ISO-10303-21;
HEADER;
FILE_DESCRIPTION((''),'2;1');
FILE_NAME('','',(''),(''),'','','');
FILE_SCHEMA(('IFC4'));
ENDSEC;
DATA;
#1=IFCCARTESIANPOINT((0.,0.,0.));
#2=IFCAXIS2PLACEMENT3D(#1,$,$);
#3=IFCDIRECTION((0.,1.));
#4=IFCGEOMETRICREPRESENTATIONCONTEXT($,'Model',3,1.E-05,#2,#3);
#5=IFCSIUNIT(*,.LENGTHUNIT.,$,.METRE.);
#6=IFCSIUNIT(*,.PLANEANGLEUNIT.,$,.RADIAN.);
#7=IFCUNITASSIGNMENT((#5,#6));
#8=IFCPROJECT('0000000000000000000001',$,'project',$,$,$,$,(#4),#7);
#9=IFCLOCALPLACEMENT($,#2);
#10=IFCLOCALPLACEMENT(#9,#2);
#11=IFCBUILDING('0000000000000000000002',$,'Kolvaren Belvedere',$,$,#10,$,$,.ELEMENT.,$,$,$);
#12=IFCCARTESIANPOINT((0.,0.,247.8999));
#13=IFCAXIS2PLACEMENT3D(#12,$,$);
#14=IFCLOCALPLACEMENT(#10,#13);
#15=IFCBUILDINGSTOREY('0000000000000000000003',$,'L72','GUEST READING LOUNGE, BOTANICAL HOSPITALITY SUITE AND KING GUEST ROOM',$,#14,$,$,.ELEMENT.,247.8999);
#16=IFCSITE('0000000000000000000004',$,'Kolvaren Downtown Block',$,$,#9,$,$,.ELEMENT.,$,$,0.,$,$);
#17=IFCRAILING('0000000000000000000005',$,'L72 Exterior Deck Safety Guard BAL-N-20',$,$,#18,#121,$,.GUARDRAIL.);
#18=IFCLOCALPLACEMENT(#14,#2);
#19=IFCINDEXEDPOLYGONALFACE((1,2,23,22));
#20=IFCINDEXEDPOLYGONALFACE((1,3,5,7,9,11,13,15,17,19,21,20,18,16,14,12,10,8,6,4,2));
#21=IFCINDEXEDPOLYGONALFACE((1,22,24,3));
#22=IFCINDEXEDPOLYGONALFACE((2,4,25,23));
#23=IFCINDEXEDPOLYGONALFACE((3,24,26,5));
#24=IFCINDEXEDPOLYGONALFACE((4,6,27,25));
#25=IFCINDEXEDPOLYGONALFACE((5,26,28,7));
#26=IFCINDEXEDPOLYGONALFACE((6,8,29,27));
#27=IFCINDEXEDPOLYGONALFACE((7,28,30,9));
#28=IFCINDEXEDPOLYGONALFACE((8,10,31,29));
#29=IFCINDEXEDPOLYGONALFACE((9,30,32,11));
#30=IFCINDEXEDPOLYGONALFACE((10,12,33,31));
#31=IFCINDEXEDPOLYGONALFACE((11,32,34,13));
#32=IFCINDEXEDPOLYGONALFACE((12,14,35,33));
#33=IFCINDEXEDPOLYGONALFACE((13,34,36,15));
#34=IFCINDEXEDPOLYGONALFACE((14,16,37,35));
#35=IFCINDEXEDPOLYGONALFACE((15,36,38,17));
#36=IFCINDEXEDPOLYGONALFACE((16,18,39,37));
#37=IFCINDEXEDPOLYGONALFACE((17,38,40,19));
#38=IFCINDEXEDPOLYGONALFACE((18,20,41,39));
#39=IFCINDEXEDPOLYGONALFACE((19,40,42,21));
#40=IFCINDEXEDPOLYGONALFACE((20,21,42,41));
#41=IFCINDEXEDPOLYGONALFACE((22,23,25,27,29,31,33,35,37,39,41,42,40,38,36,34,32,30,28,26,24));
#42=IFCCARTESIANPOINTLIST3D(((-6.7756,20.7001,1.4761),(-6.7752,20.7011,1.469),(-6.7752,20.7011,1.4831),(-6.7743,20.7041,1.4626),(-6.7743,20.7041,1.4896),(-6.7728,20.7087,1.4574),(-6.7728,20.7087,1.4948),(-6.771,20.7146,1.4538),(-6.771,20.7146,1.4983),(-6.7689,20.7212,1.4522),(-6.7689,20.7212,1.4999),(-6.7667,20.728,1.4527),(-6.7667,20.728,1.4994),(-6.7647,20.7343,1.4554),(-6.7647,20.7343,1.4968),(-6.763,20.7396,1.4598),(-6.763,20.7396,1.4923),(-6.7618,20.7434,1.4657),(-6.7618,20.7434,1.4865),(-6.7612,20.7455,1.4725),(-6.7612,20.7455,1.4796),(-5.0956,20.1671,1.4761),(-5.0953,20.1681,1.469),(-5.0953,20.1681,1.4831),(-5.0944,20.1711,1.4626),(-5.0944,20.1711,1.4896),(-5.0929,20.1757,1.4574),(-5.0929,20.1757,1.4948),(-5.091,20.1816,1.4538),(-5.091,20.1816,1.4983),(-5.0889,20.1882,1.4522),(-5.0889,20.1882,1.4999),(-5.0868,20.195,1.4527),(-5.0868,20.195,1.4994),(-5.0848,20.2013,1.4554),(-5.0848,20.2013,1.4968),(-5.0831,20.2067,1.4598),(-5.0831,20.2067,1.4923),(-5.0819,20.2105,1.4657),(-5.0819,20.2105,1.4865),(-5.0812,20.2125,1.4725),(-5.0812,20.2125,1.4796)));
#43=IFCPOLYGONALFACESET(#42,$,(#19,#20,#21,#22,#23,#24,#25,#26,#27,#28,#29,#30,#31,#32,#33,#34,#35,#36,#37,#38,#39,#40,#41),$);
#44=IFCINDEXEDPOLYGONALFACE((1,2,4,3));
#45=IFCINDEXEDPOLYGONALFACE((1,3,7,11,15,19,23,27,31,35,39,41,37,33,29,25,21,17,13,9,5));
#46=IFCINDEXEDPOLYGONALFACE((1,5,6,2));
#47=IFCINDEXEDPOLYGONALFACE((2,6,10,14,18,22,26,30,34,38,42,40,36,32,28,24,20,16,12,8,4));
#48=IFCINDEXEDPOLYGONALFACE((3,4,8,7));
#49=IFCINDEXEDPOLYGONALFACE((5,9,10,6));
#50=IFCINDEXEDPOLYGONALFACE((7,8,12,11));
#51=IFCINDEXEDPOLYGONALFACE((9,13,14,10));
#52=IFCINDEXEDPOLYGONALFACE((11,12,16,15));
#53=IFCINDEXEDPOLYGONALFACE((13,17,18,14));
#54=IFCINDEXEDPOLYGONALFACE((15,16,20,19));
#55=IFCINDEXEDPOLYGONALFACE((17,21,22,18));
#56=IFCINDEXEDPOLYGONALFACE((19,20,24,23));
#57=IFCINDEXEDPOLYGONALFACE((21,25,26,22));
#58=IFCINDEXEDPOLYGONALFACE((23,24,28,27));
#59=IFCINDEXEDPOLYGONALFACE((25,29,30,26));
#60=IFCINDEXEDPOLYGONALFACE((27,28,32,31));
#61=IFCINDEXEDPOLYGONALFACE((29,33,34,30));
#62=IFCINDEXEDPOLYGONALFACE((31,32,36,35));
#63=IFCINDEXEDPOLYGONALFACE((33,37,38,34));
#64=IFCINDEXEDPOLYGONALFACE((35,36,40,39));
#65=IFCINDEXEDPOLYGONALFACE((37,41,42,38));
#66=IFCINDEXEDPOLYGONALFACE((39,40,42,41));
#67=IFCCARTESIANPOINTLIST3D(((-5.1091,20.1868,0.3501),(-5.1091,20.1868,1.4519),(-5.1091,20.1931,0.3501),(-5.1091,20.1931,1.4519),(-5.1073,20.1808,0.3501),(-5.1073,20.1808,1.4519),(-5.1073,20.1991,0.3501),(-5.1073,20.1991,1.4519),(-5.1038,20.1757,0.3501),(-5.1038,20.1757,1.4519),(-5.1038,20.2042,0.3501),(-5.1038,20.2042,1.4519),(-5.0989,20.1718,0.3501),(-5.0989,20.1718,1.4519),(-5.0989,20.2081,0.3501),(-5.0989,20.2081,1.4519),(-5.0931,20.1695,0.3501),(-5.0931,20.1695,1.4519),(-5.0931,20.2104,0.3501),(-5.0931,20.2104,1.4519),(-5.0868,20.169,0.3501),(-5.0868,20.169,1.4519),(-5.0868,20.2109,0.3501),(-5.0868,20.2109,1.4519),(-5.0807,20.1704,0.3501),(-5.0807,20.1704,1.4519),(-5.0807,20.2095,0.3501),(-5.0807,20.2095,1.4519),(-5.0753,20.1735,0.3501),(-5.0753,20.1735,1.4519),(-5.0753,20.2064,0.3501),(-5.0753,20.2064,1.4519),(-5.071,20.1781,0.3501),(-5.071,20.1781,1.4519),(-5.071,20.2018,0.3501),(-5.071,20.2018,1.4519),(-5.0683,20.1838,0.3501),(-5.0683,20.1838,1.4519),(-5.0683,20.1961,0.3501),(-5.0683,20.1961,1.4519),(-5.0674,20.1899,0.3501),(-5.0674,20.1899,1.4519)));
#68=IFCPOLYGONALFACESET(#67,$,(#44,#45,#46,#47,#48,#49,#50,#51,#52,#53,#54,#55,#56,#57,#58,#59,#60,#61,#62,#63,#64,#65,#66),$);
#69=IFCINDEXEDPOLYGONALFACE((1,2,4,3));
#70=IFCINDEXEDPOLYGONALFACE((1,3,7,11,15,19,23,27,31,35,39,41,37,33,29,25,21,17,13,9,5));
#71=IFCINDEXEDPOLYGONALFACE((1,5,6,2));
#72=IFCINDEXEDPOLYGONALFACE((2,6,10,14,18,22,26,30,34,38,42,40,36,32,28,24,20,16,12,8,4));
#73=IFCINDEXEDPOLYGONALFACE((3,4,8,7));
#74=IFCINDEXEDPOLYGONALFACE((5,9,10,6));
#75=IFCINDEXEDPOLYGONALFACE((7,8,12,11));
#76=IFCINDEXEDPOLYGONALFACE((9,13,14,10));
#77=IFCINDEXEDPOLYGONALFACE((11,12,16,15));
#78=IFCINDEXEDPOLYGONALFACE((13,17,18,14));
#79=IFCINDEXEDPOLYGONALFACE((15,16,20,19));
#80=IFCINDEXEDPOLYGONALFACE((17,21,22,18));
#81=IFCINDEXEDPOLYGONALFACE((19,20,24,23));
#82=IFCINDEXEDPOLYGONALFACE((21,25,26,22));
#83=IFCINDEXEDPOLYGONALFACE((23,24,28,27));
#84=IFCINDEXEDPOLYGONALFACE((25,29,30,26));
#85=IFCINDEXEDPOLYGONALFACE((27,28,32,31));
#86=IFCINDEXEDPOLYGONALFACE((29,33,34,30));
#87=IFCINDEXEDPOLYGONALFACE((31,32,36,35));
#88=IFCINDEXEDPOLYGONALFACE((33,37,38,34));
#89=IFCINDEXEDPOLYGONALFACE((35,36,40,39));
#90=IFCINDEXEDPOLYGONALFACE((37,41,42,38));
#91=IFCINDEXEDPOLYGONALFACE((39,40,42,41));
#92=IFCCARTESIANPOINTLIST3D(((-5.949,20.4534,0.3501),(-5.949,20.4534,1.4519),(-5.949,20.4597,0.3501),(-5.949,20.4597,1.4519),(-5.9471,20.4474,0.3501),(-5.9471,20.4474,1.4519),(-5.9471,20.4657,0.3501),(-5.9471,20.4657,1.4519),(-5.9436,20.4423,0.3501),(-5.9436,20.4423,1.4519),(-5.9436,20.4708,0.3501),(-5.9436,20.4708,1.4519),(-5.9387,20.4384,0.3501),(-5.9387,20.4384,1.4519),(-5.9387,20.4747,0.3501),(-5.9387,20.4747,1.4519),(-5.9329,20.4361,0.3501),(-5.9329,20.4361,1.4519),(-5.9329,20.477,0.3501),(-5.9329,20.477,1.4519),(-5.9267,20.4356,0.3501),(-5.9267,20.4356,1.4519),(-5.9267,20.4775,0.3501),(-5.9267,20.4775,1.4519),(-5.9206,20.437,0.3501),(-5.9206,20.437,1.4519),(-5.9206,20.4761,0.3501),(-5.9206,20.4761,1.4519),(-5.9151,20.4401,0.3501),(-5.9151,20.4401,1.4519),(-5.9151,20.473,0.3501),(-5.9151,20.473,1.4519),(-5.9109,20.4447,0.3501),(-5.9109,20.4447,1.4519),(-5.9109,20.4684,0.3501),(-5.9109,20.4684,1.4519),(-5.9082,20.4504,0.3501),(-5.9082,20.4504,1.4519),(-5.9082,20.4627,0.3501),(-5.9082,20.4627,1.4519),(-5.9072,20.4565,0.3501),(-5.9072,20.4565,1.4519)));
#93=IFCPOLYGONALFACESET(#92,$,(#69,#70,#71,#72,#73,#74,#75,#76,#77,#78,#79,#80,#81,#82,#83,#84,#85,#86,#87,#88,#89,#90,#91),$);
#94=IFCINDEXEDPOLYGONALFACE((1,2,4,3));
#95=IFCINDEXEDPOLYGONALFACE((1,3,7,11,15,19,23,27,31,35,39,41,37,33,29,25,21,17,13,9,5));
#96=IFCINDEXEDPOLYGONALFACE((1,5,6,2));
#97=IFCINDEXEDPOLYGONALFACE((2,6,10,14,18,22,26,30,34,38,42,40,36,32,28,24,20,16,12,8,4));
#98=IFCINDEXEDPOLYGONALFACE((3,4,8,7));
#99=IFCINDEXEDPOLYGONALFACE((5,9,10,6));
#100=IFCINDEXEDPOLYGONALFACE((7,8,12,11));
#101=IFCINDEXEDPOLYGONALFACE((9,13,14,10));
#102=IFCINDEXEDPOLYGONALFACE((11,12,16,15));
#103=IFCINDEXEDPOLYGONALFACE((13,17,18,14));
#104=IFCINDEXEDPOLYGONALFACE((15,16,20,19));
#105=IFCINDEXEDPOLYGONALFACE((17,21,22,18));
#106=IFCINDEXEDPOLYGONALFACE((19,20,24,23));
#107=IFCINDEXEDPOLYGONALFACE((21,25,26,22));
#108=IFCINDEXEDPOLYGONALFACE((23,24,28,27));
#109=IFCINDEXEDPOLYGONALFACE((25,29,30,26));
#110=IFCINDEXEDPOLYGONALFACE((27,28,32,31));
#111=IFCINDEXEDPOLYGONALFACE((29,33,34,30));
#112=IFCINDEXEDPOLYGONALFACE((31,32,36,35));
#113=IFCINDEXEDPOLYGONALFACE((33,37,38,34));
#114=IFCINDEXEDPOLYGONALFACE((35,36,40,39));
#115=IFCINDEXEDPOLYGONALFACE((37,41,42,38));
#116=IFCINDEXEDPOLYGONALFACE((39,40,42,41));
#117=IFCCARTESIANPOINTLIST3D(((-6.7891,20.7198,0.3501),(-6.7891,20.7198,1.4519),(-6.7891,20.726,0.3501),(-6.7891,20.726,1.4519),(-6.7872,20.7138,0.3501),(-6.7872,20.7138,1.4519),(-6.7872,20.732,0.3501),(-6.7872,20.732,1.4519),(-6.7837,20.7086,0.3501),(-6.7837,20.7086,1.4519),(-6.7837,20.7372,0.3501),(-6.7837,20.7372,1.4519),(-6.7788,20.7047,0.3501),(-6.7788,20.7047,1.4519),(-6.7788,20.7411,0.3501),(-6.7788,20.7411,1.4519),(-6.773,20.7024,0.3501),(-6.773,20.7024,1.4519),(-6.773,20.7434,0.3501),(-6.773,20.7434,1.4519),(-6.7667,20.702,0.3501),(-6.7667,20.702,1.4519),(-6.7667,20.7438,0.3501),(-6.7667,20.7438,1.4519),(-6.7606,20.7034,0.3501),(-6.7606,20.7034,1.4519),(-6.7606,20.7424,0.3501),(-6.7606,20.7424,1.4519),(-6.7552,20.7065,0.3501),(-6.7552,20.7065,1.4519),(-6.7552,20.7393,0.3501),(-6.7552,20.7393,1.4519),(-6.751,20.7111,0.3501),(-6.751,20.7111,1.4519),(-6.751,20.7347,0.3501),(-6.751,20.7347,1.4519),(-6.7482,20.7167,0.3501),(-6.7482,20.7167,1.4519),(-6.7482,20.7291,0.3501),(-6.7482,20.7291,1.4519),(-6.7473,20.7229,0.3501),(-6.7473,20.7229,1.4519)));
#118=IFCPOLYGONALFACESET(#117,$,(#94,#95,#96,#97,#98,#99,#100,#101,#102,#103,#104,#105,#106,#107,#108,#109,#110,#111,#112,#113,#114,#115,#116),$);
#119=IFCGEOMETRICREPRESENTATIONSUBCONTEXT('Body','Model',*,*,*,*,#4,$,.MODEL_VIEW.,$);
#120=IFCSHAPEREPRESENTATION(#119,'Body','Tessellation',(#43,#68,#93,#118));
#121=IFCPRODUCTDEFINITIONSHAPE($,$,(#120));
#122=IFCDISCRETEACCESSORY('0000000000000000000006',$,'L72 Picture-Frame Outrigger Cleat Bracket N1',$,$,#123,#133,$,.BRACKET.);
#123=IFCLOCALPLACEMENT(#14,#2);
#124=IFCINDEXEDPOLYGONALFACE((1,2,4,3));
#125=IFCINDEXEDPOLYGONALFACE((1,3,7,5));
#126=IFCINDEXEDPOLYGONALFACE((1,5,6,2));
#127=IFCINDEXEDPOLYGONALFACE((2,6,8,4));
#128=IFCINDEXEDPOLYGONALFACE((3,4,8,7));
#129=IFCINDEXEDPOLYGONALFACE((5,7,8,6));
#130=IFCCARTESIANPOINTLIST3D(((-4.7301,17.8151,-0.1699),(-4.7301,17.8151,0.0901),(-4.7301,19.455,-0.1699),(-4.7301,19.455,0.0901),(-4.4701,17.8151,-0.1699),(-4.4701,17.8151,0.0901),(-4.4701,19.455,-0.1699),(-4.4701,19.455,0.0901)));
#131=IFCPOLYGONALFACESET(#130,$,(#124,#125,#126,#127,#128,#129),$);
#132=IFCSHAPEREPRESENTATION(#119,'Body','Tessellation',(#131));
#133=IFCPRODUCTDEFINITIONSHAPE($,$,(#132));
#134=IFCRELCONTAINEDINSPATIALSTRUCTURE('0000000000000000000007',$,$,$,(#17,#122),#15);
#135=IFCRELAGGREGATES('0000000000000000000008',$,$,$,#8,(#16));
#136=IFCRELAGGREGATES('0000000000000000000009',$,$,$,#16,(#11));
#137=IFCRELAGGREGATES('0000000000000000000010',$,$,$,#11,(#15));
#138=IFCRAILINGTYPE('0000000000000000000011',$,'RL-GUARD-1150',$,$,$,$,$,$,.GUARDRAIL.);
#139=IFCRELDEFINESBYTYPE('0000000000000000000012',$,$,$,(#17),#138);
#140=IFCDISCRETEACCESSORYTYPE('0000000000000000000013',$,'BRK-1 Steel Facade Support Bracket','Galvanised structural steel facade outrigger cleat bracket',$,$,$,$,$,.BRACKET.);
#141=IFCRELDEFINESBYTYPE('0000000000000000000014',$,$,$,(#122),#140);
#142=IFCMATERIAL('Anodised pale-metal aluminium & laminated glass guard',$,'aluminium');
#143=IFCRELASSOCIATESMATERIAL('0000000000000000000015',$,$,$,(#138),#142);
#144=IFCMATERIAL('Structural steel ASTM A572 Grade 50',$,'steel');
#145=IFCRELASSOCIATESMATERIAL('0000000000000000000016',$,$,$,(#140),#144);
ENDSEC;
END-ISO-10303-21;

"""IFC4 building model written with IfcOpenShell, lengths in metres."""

from ifc_helpers import new_model, si_unit, direction, frame, origin, origin_2d, place, context, subcontext, project, spatial, rectangle, circle, extrude, material, type_object, element, save


model = new_model("IFC4")

# Units and contexts
model_context = context("Model", 3, precision=1e-05, world=origin(), true_north=direction((0.0, 1.0)))
body_context = subcontext(model_context, "Body", "Model", "MODEL_VIEW")
ifc_project = project(units=[si_unit("LENGTHUNIT", "METRE"), si_unit("PLANEANGLEUNIT", "RADIAN")], contexts=[model_context])

# Site, building, storey
site_placement = place(None, origin())
site = spatial("IfcSite", under=ifc_project, at=site_placement, Name="Kolvaren Downtown Block", CompositionType="ELEMENT", RefElevation=0.0)
building_placement = place(site_placement, origin())
building = spatial("IfcBuilding", under=site, at=building_placement, Name="Kolvaren Belvedere", CompositionType="ELEMENT")
storey_placement = place(building_placement, frame((0.0, 0.0, 247.8999)))
storey = spatial("IfcBuildingStorey", under=building, at=storey_placement, Name="L72", Description="GUEST READING LOUNGE, BOTANICAL HOSPITALITY SUITE AND KING GUEST ROOM", CompositionType="ELEMENT", Elevation=247.8999)

# Railing
ifc_material_1 = material(Name="Anodised pale-metal aluminium & laminated glass guard", Category="aluminium")
railing_type = type_object("IfcRailingType", Name="RL-GUARD-1150", PredefinedType="GUARDRAIL", material=ifc_material_1)
railing_1_placement = place(storey_placement, frame((-5.0884, 20.1899, 0.3501)))
element("IfcRailing", 1, at=railing_1_placement, inside=storey, type_object=railing_type, Name="L72 Exterior Deck Safety Guard BAL-N-20", PredefinedType="GUARDRAIL", context=body_context, shape_type="SweptSolid", body=[
    extrude(circle(Radius=0.0239, at=origin_2d()), frame((0.0, 0.0, 1.126), z_axis=(-0.953182, 0.302397, 0.0), x_axis=(-0.302397, -0.953182, 0.0)), (0.0, 0.0, 1.0), 1.7625),
    extrude(circle(Radius=0.021, at=origin_2d()), origin(), (0.0, 0.0, 1.0), 1.1018),
    extrude(circle(Radius=0.021, at=origin_2d()), frame((-0.8398, 0.2666, 0.0)), (0.0, 0.0, 1.0), 1.1018),
    extrude(circle(Radius=0.021, at=origin_2d()), frame((-1.6799, 0.533, 0.0)), (0.0, 0.0, 1.0), 1.1018),
])

# Discrete accessory
ifc_material_2 = material(Name="Structural steel ASTM A572 Grade 50", Category="steel")
discrete_accessory_type = type_object("IfcDiscreteAccessoryType", Name="BRK-1 Steel Facade Support Bracket", Description="Galvanised structural steel facade outrigger cleat bracket", PredefinedType="BRACKET", material=ifc_material_2)
discrete_accessory_placement = place(storey_placement, frame((-4.6001, 18.635, -0.1699), z_axis=(0.0, 0.0, 1.0), x_axis=(0.0, 1.0, 0.0)))
element("IfcDiscreteAccessory", 2, at=discrete_accessory_placement, inside=storey, type_object=discrete_accessory_type, Name="L72 Picture-Frame Outrigger Cleat Bracket N1", PredefinedType="BRACKET", context=body_context, shape_type="SweptSolid", body=[
    extrude(rectangle(XDim=1.6399, YDim=0.26, at=origin_2d()), origin(), (0.0, 0.0, 1.0), 0.26),
])

save(model, "model.ifc")
